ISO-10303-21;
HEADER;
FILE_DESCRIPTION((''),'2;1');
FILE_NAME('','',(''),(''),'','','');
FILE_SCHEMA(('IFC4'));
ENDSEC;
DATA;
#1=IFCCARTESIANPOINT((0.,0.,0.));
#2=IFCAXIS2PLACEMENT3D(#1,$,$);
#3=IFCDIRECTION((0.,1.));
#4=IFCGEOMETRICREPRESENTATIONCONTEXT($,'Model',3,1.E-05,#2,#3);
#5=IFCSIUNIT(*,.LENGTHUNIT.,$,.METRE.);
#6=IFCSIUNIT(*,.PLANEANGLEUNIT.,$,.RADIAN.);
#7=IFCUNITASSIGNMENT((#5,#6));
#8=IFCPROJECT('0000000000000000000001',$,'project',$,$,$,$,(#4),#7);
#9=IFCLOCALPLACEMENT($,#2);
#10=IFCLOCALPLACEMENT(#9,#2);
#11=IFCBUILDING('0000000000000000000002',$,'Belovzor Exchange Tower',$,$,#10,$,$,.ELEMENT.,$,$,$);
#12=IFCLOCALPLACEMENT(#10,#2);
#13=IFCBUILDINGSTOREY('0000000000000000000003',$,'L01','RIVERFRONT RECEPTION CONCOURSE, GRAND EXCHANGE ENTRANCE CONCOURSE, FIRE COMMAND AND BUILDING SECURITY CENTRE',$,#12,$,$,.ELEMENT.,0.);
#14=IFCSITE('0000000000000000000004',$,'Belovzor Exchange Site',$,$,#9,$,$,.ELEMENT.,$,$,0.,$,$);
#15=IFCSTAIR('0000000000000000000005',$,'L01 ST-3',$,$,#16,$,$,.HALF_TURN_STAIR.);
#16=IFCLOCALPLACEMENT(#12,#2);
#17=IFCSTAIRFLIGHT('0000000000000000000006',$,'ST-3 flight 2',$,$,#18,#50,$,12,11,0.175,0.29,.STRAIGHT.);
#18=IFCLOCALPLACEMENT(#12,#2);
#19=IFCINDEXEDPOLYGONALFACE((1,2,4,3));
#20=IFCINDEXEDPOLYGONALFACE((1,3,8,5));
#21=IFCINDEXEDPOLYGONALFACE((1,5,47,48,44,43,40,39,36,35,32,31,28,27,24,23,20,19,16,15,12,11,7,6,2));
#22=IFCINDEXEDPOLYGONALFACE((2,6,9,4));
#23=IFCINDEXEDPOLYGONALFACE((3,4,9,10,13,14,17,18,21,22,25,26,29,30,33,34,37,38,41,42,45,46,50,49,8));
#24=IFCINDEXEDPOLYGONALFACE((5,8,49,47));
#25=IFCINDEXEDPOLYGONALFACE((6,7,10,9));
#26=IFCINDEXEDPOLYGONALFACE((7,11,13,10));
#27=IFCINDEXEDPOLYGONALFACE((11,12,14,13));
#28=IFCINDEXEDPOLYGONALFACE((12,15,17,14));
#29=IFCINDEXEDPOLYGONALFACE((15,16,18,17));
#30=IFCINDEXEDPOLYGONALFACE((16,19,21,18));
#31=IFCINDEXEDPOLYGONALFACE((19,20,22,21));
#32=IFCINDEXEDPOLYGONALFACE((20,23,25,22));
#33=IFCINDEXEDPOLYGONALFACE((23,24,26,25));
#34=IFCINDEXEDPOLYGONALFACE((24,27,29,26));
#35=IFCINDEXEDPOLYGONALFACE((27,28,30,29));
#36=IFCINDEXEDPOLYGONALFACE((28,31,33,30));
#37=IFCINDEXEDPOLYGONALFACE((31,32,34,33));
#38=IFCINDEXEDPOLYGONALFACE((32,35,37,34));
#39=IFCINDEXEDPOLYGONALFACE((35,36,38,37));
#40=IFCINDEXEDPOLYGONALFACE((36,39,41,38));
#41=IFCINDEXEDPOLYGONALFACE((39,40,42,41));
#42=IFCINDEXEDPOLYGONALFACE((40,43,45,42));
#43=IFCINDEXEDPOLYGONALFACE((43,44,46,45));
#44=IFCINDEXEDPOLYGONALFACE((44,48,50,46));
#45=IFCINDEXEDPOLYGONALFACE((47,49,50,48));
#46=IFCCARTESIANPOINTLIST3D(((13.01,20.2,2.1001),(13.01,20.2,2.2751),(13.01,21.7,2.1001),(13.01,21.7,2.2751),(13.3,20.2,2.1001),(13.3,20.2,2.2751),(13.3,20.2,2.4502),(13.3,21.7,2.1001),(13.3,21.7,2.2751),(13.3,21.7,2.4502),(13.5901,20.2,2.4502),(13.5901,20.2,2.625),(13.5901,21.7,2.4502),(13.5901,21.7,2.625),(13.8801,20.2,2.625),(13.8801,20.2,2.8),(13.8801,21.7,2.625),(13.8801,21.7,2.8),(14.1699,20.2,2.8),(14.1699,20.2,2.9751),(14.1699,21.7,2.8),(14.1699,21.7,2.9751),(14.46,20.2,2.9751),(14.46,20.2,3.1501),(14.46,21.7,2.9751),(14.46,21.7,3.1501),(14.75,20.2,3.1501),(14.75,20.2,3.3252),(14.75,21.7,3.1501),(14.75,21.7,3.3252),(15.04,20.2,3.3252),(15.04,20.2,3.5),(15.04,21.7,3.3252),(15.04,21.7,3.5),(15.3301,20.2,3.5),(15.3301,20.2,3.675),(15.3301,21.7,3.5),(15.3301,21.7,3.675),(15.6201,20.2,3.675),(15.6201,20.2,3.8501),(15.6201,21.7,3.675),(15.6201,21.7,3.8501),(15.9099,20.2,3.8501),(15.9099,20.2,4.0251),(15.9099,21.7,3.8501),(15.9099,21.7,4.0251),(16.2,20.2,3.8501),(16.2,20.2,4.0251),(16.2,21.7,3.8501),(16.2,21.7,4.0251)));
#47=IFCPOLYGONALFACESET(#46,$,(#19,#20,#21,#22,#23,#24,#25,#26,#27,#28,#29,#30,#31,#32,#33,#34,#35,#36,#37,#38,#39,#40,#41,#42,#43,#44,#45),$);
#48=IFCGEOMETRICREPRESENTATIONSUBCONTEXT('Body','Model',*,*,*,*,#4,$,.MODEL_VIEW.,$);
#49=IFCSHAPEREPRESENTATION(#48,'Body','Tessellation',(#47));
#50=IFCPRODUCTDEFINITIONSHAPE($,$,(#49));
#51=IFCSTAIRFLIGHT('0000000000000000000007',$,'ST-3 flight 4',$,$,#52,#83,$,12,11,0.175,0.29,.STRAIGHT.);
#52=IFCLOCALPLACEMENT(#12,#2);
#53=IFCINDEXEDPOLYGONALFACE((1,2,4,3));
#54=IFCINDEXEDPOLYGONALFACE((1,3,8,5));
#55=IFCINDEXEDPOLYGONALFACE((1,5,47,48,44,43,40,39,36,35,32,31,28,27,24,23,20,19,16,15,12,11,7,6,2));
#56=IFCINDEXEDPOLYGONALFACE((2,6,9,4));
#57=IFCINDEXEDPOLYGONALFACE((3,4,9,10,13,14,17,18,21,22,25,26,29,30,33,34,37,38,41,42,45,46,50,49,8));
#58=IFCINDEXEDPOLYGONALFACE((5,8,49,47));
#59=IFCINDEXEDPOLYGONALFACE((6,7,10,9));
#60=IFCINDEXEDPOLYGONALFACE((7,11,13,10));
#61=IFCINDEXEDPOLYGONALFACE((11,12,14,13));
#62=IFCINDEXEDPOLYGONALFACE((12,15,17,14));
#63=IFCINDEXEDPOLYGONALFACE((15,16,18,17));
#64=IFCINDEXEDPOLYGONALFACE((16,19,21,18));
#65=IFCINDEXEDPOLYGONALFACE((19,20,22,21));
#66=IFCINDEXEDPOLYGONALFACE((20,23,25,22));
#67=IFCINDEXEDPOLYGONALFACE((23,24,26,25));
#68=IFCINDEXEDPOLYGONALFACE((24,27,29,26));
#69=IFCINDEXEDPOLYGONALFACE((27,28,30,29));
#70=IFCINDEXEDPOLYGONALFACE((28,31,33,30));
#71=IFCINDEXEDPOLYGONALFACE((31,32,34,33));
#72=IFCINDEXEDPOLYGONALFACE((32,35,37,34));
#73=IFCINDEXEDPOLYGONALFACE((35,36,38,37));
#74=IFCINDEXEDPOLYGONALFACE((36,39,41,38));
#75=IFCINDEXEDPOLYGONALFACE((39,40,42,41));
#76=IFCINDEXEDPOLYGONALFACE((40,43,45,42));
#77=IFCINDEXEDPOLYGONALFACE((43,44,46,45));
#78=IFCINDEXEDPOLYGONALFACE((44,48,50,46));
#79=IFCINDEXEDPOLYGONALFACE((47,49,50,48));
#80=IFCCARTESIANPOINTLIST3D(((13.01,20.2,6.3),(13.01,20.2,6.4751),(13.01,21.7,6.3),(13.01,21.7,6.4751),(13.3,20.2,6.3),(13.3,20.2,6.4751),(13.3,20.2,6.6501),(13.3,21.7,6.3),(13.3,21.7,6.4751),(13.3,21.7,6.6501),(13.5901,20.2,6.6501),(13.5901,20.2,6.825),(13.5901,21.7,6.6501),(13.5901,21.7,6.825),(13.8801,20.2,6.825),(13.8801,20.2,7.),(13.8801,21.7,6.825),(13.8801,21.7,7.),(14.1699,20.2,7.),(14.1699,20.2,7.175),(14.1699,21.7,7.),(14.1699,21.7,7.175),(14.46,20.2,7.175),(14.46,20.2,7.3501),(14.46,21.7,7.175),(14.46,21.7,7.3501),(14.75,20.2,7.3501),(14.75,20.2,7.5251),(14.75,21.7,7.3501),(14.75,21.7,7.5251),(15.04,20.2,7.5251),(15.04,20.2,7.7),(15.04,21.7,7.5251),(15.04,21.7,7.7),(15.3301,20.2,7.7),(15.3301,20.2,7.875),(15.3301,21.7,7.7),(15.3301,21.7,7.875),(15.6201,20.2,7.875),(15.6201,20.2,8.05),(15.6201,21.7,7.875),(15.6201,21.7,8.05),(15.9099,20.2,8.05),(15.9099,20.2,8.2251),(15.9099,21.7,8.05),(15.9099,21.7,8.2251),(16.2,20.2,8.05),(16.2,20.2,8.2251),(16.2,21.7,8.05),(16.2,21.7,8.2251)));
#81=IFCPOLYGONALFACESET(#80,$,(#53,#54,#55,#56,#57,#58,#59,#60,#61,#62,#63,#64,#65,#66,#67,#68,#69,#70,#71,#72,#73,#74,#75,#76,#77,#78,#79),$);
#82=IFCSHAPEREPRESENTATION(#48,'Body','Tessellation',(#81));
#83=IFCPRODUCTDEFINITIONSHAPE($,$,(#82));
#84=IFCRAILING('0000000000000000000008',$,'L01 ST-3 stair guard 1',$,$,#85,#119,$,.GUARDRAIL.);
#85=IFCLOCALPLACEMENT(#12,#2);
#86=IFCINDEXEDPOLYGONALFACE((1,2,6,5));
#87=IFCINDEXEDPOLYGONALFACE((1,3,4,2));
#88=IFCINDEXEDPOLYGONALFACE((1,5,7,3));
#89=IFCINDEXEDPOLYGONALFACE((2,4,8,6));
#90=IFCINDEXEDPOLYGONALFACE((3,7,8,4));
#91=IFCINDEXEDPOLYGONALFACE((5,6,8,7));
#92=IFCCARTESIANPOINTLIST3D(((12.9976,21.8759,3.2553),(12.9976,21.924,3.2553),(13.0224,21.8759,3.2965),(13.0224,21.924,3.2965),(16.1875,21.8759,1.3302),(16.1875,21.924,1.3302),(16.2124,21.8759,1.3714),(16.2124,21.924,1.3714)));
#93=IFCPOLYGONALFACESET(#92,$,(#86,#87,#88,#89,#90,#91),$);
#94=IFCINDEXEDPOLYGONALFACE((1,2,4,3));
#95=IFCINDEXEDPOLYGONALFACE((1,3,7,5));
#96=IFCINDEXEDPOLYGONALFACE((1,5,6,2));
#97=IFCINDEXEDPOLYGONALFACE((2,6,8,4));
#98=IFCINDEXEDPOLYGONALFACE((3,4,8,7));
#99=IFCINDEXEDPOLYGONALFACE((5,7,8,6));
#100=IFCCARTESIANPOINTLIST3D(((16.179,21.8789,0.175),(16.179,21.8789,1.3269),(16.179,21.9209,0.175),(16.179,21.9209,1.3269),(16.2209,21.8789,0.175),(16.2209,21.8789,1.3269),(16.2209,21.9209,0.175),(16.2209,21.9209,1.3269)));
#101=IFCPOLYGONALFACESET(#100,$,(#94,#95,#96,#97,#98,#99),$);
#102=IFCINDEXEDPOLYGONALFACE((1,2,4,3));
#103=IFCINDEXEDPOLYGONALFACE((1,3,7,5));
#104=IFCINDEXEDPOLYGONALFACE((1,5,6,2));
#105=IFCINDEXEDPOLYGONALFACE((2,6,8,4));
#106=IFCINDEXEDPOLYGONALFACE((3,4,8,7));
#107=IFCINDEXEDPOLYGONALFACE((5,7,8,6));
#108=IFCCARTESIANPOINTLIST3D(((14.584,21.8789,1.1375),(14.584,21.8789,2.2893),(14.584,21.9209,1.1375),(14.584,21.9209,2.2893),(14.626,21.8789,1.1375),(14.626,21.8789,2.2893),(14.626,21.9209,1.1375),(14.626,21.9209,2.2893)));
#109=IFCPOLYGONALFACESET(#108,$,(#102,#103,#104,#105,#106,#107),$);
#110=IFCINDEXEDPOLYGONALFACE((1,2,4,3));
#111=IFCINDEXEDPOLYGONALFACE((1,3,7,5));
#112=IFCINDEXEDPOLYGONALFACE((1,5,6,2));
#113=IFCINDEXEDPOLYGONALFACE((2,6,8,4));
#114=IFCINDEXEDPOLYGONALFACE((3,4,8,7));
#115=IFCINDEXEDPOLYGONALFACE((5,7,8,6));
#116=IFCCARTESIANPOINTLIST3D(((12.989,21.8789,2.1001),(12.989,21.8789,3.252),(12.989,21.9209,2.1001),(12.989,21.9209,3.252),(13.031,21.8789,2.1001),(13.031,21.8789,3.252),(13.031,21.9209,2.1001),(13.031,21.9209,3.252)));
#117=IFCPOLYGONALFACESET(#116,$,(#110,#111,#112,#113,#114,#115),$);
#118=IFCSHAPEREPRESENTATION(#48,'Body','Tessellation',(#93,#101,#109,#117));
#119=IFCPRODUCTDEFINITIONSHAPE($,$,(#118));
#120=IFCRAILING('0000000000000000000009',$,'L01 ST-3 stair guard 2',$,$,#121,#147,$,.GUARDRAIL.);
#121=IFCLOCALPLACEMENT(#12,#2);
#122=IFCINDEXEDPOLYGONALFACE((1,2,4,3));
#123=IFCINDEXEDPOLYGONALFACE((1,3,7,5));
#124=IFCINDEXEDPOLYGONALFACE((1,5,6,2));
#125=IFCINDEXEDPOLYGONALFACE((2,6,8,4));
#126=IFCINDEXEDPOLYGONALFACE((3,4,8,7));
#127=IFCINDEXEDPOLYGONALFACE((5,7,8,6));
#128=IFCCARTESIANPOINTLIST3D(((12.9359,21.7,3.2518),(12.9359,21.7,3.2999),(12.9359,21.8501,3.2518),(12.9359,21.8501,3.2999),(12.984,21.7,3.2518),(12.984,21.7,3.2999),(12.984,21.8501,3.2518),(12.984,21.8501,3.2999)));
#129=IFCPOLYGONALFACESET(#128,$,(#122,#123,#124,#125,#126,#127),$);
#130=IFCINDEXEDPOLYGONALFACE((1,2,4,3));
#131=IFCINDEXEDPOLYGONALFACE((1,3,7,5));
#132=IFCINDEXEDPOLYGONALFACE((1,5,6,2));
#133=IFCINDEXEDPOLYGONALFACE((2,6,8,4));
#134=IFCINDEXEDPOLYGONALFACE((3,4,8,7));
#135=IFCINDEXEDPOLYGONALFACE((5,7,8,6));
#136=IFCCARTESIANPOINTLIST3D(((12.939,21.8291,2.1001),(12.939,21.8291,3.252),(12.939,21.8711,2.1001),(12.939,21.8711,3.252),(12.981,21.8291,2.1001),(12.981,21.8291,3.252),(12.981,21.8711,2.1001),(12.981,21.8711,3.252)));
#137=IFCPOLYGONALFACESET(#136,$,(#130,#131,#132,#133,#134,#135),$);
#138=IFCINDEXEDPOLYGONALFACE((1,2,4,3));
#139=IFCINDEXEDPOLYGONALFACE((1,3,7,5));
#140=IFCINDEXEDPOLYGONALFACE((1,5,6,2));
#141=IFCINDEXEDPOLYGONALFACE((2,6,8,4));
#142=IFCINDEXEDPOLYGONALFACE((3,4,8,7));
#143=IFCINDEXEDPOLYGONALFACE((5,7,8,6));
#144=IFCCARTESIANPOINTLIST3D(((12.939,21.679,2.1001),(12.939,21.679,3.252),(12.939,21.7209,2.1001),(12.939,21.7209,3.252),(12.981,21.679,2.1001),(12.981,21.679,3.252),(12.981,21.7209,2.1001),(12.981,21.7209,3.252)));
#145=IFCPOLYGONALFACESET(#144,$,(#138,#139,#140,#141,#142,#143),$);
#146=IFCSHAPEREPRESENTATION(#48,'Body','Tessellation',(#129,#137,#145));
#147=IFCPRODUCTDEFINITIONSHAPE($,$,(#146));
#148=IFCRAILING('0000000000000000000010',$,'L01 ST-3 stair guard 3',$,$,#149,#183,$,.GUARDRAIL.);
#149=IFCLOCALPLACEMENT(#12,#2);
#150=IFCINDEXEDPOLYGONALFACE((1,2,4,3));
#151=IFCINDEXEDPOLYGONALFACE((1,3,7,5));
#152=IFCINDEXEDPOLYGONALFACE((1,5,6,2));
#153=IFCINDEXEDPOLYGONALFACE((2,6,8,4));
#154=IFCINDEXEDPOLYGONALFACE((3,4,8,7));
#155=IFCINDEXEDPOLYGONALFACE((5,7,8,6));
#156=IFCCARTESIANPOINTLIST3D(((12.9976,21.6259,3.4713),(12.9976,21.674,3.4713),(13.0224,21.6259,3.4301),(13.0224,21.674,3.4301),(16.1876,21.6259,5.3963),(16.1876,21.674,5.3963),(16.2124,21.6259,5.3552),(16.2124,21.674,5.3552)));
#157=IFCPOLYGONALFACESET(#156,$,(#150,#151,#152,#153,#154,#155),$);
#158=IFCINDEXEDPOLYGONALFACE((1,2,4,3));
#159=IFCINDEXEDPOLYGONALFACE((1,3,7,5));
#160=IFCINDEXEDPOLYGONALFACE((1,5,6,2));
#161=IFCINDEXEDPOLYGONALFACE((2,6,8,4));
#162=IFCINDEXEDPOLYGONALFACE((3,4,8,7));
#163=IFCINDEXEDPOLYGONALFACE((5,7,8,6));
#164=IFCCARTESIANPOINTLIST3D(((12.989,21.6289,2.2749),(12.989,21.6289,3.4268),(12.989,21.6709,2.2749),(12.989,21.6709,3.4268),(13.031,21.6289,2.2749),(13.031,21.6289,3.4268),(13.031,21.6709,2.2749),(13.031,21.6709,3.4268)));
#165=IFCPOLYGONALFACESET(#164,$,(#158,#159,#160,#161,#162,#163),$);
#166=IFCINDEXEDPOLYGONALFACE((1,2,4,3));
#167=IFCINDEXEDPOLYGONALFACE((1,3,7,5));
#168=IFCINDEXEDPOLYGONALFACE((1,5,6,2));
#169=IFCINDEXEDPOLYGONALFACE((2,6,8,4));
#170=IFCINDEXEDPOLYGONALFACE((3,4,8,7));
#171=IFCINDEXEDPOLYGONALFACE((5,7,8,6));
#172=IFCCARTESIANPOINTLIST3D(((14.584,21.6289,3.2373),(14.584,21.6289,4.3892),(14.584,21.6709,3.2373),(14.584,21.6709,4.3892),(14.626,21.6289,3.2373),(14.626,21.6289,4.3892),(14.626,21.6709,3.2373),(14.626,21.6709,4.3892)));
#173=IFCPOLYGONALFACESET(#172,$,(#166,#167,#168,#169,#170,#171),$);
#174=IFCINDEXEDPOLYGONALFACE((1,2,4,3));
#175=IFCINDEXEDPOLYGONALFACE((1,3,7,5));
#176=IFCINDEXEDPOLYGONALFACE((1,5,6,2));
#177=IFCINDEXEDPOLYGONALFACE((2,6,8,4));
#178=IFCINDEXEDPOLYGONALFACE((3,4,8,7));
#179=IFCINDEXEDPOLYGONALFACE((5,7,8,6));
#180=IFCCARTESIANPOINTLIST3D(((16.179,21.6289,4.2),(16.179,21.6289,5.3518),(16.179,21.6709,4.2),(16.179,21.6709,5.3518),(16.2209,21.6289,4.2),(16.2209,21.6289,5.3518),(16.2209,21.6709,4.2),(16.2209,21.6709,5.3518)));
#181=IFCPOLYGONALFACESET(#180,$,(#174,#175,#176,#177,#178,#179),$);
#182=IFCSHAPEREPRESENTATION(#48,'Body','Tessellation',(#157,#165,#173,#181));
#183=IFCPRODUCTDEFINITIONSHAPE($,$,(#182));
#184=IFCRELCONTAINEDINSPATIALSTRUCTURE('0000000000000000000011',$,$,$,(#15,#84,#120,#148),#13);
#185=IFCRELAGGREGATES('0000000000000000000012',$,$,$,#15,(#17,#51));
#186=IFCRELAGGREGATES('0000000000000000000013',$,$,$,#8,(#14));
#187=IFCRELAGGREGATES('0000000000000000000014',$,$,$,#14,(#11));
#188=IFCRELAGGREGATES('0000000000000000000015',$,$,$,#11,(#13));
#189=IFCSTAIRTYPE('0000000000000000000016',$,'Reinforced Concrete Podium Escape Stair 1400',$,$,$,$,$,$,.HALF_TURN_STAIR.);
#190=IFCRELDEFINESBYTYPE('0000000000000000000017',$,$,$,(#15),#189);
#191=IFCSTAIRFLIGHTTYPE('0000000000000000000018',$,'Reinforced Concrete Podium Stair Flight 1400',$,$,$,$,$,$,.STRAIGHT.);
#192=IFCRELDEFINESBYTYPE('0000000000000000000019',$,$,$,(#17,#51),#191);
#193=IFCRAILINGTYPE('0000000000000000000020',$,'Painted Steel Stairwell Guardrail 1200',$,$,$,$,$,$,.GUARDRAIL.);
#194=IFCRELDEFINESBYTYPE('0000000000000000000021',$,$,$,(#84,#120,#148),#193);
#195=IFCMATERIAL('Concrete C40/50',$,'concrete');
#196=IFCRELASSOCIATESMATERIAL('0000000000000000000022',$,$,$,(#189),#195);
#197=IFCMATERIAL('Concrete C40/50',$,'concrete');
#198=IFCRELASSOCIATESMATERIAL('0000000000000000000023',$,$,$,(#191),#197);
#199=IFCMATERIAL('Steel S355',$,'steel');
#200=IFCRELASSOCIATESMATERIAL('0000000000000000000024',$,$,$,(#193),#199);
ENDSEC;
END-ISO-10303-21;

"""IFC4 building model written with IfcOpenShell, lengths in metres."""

from ifc_helpers import new_model, si_unit, direction, frame, origin, origin_2d, place, context, subcontext, project, spatial, polyline, rectangle, outline, extrude, material, type_object, element, aggregate, save


model = new_model("IFC4")

# Units and contexts
model_context = context("Model", 3, precision=1e-05, world=origin(), true_north=direction((0.0, 1.0)))
body_context = subcontext(model_context, "Body", "Model", "MODEL_VIEW")
ifc_project = project(units=[si_unit("LENGTHUNIT", "METRE"), si_unit("PLANEANGLEUNIT", "RADIAN")], contexts=[model_context])

# Site, building, storey
site_placement = place(None, origin())
site = spatial("IfcSite", under=ifc_project, at=site_placement, Name="Belovzor Exchange Site", CompositionType="ELEMENT", RefElevation=0.0)
building_placement = place(site_placement, origin())
building = spatial("IfcBuilding", under=site, at=building_placement, Name="Belovzor Exchange Tower", CompositionType="ELEMENT")
storey_placement = place(building_placement, origin())
storey = spatial("IfcBuildingStorey", under=building, at=storey_placement, Name="L01", Description="RIVERFRONT RECEPTION CONCOURSE, GRAND EXCHANGE ENTRANCE CONCOURSE, FIRE COMMAND AND BUILDING SECURITY CENTRE", CompositionType="ELEMENT", Elevation=0.0)

# Stair, stair flights
ifc_material_1 = material(Name="Concrete C40/50", Category="concrete")
stair_type = type_object("IfcStairType", Name="Reinforced Concrete Podium Escape Stair 1400", PredefinedType="HALF_TURN_STAIR", material=ifc_material_1)
stair_placement = place(storey_placement, origin())
stair = element("IfcStair", 1, at=stair_placement, inside=storey, type_object=stair_type, Name="L01 ST-3", PredefinedType="HALF_TURN_STAIR")
ifc_material_2 = material(Name="Concrete C40/50", Category="concrete")
stair_flight_type = type_object("IfcStairFlightType", Name="Reinforced Concrete Podium Stair Flight 1400", PredefinedType="STRAIGHT", material=ifc_material_2)
stair_flight_1_placement = place(storey_placement, frame((13.01, 20.95, 2.1001), z_axis=(0.0, 0.0, 1.0), x_axis=(1.0, 0.0, 0.0)))
stair_flight_1 = element("IfcStairFlight", 2, at=stair_flight_1_placement, type_object=stair_flight_type, Name="ST-3 flight 2", NumberOfRisers=12, NumberOfTreads=11, PredefinedType="STRAIGHT", RiserHeight=0.175, TreadLength=0.29, context=body_context, shape_type="SweptSolid", body=[
    extrude(outline(polyline([(0.0, 0.0), (0.0, 0.175), (0.29, 0.175), (0.29, 0.3501), (0.5801, 0.3501), (0.5801, 0.5249), (0.8701, 0.5249), (0.8701, 0.7), (1.1599, 0.7), (1.1599, 0.875), (1.45, 0.875), (1.45, 1.05), (1.74, 1.05), (1.74, 1.2251), (2.03, 1.2251), (2.03, 1.3999), (2.3201, 1.3999), (2.3201, 1.575), (2.6101, 1.575), (2.6101, 1.75), (2.8999, 1.75), (2.8999, 1.925), (3.1899, 1.925), (3.1899, 2.1001), (3.1899, 1.75), (0.29, 0.0), (0.0, 0.0)])), frame((0.0, 0.75, 0.0), z_axis=(0.0, -1.0, 0.0), x_axis=(1.0, 0.0, 0.0)), (0.0, 0.0, 1.0), 1.5),
])
stair_flight_2_placement = place(storey_placement, frame((13.01, 20.95, 6.3), z_axis=(0.0, 0.0, 1.0), x_axis=(1.0, 0.0, 0.0)))
stair_flight_2 = element("IfcStairFlight", 3, at=stair_flight_2_placement, type_object=stair_flight_type, Name="ST-3 flight 4", NumberOfRisers=12, NumberOfTreads=11, PredefinedType="STRAIGHT", RiserHeight=0.175, TreadLength=0.29, context=body_context, shape_type="SweptSolid", body=[
    extrude(outline(polyline([(0.0, 0.0), (0.0, 0.175), (0.29, 0.175), (0.29, 0.3501), (0.5801, 0.3501), (0.5801, 0.5249), (0.8701, 0.5249), (0.8701, 0.7), (1.1599, 0.7), (1.1599, 0.875), (1.45, 0.875), (1.45, 1.05), (1.74, 1.05), (1.74, 1.2251), (2.03, 1.2251), (2.03, 1.3999), (2.3201, 1.3999), (2.3201, 1.575), (2.6101, 1.575), (2.6101, 1.75), (2.8999, 1.75), (2.8999, 1.925), (3.1899, 1.925), (3.1899, 2.1001), (3.1899, 1.75), (0.29, 0.0), (0.0, 0.0)])), frame((0.0, 0.75, 0.0), z_axis=(0.0, -1.0, 0.0), x_axis=(1.0, 0.0, 0.0)), (0.0, 0.0, 1.0), 1.5),
])
aggregate(stair, [stair_flight_1, stair_flight_2])

# Railings
ifc_material_3 = material(Name="Steel S355", Category="steel")
railing_type = type_object("IfcRailingType", Name="Painted Steel Stairwell Guardrail 1200", PredefinedType="GUARDRAIL", material=ifc_material_3)
railing_1_placement = place(storey_placement, frame((16.2, 21.8999, 0.175)))
element("IfcRailing", 4, at=railing_1_placement, inside=storey, type_object=railing_type, Name="L01 ST-3 stair guard 1", PredefinedType="GUARDRAIL", context=body_context, shape_type="SweptSolid", body=[
    extrude(rectangle(XDim=0.0481, YDim=0.0481, at=origin_2d()), frame((0.0, 0.0, 1.1758), z_axis=(-0.856178, 0.0, 0.516682), x_axis=(0.0, -1.0, 0.0)), (0.0, 0.0, 1.0), 3.7258),
    extrude(rectangle(XDim=0.042, YDim=0.042, at=origin_2d()), origin(), (0.0, 0.0, 1.0), 1.1519),
    extrude(rectangle(XDim=0.042, YDim=0.042, at=origin_2d()), frame((-1.595, 0.0, 0.9624)), (0.0, 0.0, 1.0), 1.1519),
    extrude(rectangle(XDim=0.042, YDim=0.042, at=origin_2d()), frame((-3.1899, 0.0, 1.925)), (0.0, 0.0, 1.0), 1.1519),
])
railing_2_placement = place(storey_placement, frame((12.96, 21.8501, 2.1001)))
element("IfcRailing", 5, at=railing_2_placement, inside=storey, type_object=railing_type, Name="L01 ST-3 stair guard 2", PredefinedType="GUARDRAIL", context=body_context, shape_type="SweptSolid", body=[
    extrude(rectangle(XDim=0.0481, YDim=0.0481, at=origin_2d()), frame((0.0, 0.0, 1.1758), z_axis=(0.0, -1.0, 0.0), x_axis=(1.0, 0.0, 0.0)), (0.0, 0.0, 1.0), 0.1501),
    extrude(rectangle(XDim=0.042, YDim=0.042, at=origin_2d()), origin(), (0.0, 0.0, 1.0), 1.1519),
    extrude(rectangle(XDim=0.042, YDim=0.042, at=origin_2d()), frame((0.0, -0.1501, 0.0)), (0.0, 0.0, 1.0), 1.1519),
])
railing_3_placement = place(storey_placement, frame((13.01, 21.6499, 2.2749)))
element("IfcRailing", 6, at=railing_3_placement, inside=storey, type_object=railing_type, Name="L01 ST-3 stair guard 3", PredefinedType="GUARDRAIL", context=body_context, shape_type="SweptSolid", body=[
    extrude(rectangle(XDim=0.0481, YDim=0.0481, at=origin_2d()), frame((0.0, 0.0, 1.1758), z_axis=(0.856178, 0.0, 0.516682), x_axis=(0.0, 1.0, 0.0)), (0.0, 0.0, 1.0), 3.7258),
    extrude(rectangle(XDim=0.042, YDim=0.042, at=origin_2d()), origin(), (0.0, 0.0, 1.0), 1.1519),
    extrude(rectangle(XDim=0.042, YDim=0.042, at=origin_2d()), frame((1.595, 0.0, 0.9624)), (0.0, 0.0, 1.0), 1.1519),
    extrude(rectangle(XDim=0.042, YDim=0.042, at=origin_2d()), frame((3.1899, 0.0, 1.925)), (0.0, 0.0, 1.0), 1.1519),
])

save(model, "model.ifc")
